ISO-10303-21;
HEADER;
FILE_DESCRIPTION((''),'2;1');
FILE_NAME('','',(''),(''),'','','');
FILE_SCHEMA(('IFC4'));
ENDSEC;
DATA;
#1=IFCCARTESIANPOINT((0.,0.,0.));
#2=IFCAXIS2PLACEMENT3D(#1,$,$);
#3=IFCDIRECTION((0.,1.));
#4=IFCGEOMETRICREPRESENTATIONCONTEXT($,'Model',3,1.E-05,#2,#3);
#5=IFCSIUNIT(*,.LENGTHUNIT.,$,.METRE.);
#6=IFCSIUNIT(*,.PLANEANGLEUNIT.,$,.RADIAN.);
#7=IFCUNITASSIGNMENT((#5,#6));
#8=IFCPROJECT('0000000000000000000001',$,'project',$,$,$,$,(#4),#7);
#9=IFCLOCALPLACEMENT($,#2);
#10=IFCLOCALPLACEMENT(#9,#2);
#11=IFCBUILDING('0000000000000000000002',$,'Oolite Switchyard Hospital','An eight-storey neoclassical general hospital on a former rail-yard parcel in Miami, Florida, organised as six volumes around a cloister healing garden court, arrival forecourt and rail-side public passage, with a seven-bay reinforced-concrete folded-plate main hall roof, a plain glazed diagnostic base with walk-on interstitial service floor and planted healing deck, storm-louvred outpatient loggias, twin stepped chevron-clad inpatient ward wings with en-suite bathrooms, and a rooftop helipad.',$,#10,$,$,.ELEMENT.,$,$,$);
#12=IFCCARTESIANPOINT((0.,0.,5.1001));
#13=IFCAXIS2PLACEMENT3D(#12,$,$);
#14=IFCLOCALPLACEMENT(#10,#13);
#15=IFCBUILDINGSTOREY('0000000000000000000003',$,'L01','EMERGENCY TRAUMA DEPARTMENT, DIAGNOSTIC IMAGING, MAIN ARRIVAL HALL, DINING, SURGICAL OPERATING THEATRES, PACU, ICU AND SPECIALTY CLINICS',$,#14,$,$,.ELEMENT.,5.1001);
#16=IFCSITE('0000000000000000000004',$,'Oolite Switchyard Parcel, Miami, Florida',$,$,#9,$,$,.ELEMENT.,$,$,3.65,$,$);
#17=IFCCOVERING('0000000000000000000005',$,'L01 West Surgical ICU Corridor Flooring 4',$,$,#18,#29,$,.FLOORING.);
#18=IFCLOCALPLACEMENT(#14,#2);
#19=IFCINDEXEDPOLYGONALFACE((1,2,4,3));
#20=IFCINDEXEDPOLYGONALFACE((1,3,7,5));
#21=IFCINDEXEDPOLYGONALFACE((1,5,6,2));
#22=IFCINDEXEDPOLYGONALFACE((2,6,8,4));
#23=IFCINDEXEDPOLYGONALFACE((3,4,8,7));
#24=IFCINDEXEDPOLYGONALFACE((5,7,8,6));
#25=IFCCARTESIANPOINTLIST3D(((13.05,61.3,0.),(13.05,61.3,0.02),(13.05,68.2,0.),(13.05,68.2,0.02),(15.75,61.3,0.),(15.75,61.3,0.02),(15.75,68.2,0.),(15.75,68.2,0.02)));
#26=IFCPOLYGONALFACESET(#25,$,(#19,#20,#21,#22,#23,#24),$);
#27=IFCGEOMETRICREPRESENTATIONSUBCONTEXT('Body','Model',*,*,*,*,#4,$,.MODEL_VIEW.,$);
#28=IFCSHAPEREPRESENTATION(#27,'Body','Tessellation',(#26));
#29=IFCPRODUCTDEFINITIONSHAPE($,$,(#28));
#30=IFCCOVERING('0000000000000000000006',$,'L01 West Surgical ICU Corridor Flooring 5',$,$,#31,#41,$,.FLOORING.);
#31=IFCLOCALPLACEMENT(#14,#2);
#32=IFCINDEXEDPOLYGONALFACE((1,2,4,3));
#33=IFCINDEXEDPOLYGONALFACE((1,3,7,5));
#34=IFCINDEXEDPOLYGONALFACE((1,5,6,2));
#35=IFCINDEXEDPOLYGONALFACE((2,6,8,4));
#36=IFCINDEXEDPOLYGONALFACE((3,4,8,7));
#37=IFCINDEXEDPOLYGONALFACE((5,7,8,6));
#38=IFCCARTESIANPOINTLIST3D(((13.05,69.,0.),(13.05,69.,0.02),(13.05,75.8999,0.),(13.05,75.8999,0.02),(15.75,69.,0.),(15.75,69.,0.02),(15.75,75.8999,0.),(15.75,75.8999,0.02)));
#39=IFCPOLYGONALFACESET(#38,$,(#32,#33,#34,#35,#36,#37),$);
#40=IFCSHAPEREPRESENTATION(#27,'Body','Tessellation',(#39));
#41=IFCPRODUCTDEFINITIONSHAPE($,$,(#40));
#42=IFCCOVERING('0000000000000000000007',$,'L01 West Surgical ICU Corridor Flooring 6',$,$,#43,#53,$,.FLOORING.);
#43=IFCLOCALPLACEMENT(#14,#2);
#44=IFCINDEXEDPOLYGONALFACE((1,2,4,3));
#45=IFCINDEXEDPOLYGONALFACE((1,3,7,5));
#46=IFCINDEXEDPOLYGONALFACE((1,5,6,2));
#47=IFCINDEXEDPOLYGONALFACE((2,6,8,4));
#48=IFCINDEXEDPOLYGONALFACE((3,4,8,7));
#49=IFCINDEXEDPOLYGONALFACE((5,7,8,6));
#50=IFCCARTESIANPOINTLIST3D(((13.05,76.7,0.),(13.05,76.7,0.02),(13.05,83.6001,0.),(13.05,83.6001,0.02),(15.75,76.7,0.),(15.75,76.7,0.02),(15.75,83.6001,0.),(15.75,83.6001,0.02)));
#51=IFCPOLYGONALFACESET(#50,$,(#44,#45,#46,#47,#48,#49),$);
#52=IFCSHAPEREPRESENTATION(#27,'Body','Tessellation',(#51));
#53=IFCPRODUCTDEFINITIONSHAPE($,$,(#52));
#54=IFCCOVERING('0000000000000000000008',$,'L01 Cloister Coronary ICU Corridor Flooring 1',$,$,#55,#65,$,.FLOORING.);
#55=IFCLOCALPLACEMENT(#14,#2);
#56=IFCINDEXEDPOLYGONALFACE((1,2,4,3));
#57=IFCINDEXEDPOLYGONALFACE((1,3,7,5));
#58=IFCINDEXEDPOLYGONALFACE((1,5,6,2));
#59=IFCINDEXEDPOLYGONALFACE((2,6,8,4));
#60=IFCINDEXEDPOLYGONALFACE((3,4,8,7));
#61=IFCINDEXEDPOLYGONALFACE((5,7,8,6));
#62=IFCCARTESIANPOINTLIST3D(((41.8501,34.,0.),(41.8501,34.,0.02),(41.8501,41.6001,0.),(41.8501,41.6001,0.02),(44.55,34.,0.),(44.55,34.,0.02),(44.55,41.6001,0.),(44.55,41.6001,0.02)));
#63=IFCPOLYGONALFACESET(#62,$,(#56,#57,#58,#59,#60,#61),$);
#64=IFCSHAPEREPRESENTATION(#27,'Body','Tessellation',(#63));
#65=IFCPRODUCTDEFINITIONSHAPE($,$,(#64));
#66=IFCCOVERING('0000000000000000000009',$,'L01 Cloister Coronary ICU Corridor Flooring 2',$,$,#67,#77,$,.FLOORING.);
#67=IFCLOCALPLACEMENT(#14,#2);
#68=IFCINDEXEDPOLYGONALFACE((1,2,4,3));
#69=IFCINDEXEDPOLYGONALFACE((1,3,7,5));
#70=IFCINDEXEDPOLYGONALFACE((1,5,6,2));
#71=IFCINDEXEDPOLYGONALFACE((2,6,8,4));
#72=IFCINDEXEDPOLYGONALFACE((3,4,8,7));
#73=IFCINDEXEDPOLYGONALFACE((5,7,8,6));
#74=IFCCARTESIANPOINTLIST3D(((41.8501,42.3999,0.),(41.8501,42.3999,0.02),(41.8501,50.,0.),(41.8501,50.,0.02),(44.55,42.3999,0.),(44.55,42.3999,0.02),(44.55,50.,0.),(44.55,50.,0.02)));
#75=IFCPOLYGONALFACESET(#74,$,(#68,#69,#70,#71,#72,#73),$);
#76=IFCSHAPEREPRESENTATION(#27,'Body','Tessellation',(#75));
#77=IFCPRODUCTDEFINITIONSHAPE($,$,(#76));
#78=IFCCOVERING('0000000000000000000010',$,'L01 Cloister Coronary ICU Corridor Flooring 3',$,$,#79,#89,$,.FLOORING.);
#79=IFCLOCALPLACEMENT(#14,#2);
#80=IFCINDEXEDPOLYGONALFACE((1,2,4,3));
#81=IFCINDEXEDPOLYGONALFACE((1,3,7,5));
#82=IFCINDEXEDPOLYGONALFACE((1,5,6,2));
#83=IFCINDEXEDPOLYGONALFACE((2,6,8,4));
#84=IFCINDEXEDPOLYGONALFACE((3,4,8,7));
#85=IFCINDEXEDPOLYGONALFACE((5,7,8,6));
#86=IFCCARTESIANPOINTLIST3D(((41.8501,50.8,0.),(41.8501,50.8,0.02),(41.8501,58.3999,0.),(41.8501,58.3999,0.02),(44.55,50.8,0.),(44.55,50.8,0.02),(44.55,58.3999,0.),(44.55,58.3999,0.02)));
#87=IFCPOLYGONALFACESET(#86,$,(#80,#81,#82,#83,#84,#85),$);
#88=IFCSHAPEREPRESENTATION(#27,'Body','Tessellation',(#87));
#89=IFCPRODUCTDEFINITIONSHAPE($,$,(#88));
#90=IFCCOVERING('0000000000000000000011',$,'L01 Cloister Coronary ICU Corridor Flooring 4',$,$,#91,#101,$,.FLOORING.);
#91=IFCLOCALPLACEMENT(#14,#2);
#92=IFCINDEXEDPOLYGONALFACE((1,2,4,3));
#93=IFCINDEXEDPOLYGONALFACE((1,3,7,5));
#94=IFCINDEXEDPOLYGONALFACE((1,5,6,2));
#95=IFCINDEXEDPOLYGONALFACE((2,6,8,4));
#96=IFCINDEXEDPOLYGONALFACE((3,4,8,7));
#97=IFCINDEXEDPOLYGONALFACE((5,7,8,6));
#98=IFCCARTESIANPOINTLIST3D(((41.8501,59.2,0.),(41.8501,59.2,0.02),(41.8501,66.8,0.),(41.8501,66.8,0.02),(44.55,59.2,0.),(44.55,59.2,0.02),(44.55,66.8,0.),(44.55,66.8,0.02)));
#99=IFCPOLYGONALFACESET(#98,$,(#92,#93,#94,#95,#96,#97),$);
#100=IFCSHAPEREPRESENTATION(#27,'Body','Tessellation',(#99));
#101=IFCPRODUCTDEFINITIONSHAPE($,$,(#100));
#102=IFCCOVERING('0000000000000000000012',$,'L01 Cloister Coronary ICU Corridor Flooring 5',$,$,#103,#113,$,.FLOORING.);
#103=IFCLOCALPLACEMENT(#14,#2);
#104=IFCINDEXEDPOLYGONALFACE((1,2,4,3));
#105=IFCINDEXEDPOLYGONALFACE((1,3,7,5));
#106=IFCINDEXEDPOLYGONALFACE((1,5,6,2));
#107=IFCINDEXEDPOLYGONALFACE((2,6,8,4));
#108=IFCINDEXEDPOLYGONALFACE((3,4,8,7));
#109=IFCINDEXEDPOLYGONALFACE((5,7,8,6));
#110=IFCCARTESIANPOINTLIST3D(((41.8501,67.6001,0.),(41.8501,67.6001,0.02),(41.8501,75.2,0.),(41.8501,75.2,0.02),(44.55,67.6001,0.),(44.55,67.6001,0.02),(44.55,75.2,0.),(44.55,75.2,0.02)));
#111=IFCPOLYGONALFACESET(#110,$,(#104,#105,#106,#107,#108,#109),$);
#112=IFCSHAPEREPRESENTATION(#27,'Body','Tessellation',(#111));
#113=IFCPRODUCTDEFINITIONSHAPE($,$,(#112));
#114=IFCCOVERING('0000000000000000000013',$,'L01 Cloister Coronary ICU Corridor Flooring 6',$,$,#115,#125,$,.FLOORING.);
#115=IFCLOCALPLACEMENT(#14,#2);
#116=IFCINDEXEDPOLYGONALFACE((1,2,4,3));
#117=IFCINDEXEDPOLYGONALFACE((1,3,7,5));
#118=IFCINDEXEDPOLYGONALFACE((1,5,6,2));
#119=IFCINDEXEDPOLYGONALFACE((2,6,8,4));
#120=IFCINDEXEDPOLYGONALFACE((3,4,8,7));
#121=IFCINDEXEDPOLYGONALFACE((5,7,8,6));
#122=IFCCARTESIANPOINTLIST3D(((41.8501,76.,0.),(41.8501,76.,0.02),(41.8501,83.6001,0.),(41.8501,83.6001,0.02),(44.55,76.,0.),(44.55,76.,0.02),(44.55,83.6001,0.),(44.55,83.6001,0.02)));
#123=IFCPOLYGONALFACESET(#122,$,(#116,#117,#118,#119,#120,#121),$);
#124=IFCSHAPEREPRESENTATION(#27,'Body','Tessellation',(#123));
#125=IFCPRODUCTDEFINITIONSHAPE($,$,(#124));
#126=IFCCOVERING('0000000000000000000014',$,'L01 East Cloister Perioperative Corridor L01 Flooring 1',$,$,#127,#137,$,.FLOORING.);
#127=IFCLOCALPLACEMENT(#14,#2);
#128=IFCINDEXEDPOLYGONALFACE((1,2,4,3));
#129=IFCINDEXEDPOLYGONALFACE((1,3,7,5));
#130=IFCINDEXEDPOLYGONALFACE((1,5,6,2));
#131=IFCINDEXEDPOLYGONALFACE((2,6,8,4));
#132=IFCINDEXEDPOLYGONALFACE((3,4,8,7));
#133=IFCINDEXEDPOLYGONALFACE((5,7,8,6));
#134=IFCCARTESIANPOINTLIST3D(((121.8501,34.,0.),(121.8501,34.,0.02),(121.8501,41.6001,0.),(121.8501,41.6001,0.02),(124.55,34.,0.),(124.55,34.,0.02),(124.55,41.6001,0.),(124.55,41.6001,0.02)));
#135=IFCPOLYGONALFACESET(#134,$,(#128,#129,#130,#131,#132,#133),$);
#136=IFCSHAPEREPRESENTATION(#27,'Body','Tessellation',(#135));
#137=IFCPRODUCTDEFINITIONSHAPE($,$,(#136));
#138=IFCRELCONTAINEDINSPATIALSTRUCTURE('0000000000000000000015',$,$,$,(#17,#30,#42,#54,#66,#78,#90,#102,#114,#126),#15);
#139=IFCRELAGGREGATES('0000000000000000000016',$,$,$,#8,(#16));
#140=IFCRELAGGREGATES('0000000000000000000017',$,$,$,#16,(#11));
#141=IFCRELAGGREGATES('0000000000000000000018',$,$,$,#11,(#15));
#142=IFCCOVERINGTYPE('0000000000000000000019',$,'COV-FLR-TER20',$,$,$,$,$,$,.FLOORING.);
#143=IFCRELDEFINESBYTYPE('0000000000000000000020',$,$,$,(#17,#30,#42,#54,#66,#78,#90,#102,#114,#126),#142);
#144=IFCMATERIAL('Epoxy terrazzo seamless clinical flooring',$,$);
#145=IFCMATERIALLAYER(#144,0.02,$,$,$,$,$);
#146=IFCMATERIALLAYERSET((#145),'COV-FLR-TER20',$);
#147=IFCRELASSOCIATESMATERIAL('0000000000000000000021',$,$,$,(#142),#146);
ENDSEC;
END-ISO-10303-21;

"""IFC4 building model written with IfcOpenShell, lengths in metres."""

from ifc_helpers import new_model, si_unit, direction, frame, origin, place, context, subcontext, project, spatial, polyline, outline, extrude, material, layer, layer_set, type_object, element, save


model = new_model("IFC4")

# Units and contexts
model_context = context("Model", 3, precision=1e-05, world=origin(), true_north=direction((0.0, 1.0)))
body_context = subcontext(model_context, "Body", "Model", "MODEL_VIEW")
ifc_project = project(units=[si_unit("LENGTHUNIT", "METRE"), si_unit("PLANEANGLEUNIT", "RADIAN")], contexts=[model_context])

# Site, building, storey
site_placement = place(None, origin())
site = spatial("IfcSite", under=ifc_project, at=site_placement, Name="Oolite Switchyard Parcel, Miami, Florida", CompositionType="ELEMENT", RefElevation=3.65)
building_placement = place(site_placement, origin())
building = spatial("IfcBuilding", under=site, at=building_placement, Name="Oolite Switchyard Hospital", Description="An eight-storey neoclassical general hospital on a former rail-yard parcel in Miami, Florida, organised as six volumes around a cloister healing garden court, arrival forecourt and rail-side public passage, with a seven-bay reinforced-concrete folded-plate main hall roof, a plain glazed diagnostic base with walk-on interstitial service floor and planted healing deck, storm-louvred outpatient loggias, twin stepped chevron-clad inpatient ward wings with en-suite bathrooms, and a rooftop helipad.", CompositionType="ELEMENT")
storey_placement = place(building_placement, frame((0.0, 0.0, 5.1001)))
storey = spatial("IfcBuildingStorey", under=building, at=storey_placement, Name="L01", Description="EMERGENCY TRAUMA DEPARTMENT, DIAGNOSTIC IMAGING, MAIN ARRIVAL HALL, DINING, SURGICAL OPERATING THEATRES, PACU, ICU AND SPECIALTY CLINICS", CompositionType="ELEMENT", Elevation=5.1001)

# Coverings
ifc_material_1 = material(Name="Epoxy terrazzo seamless clinical flooring")
ifc_layer_1 = layer(ifc_material_1, 0.02)
ifc_layer_set_1 = layer_set([ifc_layer_1], Name="COV-FLR-TER20")
covering_type_1 = type_object("IfcCoveringType", Name="COV-FLR-TER20", PredefinedType="FLOORING", material=ifc_layer_set_1)
covering_1_placement = place(storey_placement, origin())
element("IfcCovering", 1, at=covering_1_placement, inside=storey, type_object=covering_type_1, Name="L01 West Surgical ICU Corridor Flooring 4", PredefinedType="FLOORING", context=body_context, shape_type="SweptSolid", body=[
    extrude(outline(polyline([(13.05, 61.3), (15.75, 61.3), (15.75, 68.2), (13.05, 68.2), (13.05, 61.3)])), origin(), (0.0, 0.0, 1.0), 0.02),
])
covering_2_placement = place(storey_placement, origin())
element("IfcCovering", 2, at=covering_2_placement, inside=storey, type_object=covering_type_1, Name="L01 West Surgical ICU Corridor Flooring 5", PredefinedType="FLOORING", context=body_context, shape_type="SweptSolid", body=[
    extrude(outline(polyline([(13.05, 69.0), (15.75, 69.0), (15.75, 75.8999), (13.05, 75.8999), (13.05, 69.0)])), origin(), (0.0, 0.0, 1.0), 0.02),
])
covering_3_placement = place(storey_placement, origin())
element("IfcCovering", 3, at=covering_3_placement, inside=storey, type_object=covering_type_1, Name="L01 West Surgical ICU Corridor Flooring 6", PredefinedType="FLOORING", context=body_context, shape_type="SweptSolid", body=[
    extrude(outline(polyline([(13.05, 76.7), (15.75, 76.7), (15.75, 83.6001), (13.05, 83.6001), (13.05, 76.7)])), origin(), (0.0, 0.0, 1.0), 0.02),
])
covering_4_placement = place(storey_placement, origin())
element("IfcCovering", 4, at=covering_4_placement, inside=storey, type_object=covering_type_1, Name="L01 Cloister Coronary ICU Corridor Flooring 1", PredefinedType="FLOORING", context=body_context, shape_type="SweptSolid", body=[
    extrude(outline(polyline([(41.8501, 34.0), (44.55, 34.0), (44.55, 41.6001), (41.8501, 41.6001), (41.8501, 34.0)])), origin(), (0.0, 0.0, 1.0), 0.02),
])
covering_5_placement = place(storey_placement, origin())
element("IfcCovering", 5, at=covering_5_placement, inside=storey, type_object=covering_type_1, Name="L01 Cloister Coronary ICU Corridor Flooring 2", PredefinedType="FLOORING", context=body_context, shape_type="SweptSolid", body=[
    extrude(outline(polyline([(41.8501, 42.3999), (44.55, 42.3999), (44.55, 50.0), (41.8501, 50.0), (41.8501, 42.3999)])), origin(), (0.0, 0.0, 1.0), 0.02),
])
covering_6_placement = place(storey_placement, origin())
element("IfcCovering", 6, at=covering_6_placement, inside=storey, type_object=covering_type_1, Name="L01 Cloister Coronary ICU Corridor Flooring 3", PredefinedType="FLOORING", context=body_context, shape_type="SweptSolid", body=[
    extrude(outline(polyline([(41.8501, 50.8), (44.55, 50.8), (44.55, 58.3999), (41.8501, 58.3999), (41.8501, 50.8)])), origin(), (0.0, 0.0, 1.0), 0.02),
])
covering_7_placement = place(storey_placement, origin())
element("IfcCovering", 7, at=covering_7_placement, inside=storey, type_object=covering_type_1, Name="L01 Cloister Coronary ICU Corridor Flooring 4", PredefinedType="FLOORING", context=body_context, shape_type="SweptSolid", body=[
    extrude(outline(polyline([(41.8501, 59.2), (44.55, 59.2), (44.55, 66.8), (41.8501, 66.8), (41.8501, 59.2)])), origin(), (0.0, 0.0, 1.0), 0.02),
])
covering_8_placement = place(storey_placement, origin())
element("IfcCovering", 8, at=covering_8_placement, inside=storey, type_object=covering_type_1, Name="L01 Cloister Coronary ICU Corridor Flooring 5", PredefinedType="FLOORING", context=body_context, shape_type="SweptSolid", body=[
    extrude(outline(polyline([(41.8501, 67.6001), (44.55, 67.6001), (44.55, 75.2), (41.8501, 75.2), (41.8501, 67.6001)])), origin(), (0.0, 0.0, 1.0), 0.02),
])
covering_9_placement = place(storey_placement, origin())
element("IfcCovering", 9, at=covering_9_placement, inside=storey, type_object=covering_type_1, Name="L01 Cloister Coronary ICU Corridor Flooring 6", PredefinedType="FLOORING", context=body_context, shape_type="SweptSolid", body=[
    extrude(outline(polyline([(41.8501, 76.0), (44.55, 76.0), (44.55, 83.6001), (41.8501, 83.6001), (41.8501, 76.0)])), origin(), (0.0, 0.0, 1.0), 0.02),
])
covering_10_placement = place(storey_placement, origin())
element("IfcCovering", 10, at=covering_10_placement, inside=storey, type_object=covering_type_1, Name="L01 East Cloister Perioperative Corridor L01 Flooring 1", PredefinedType="FLOORING", context=body_context, shape_type="SweptSolid", body=[
    extrude(outline(polyline([(121.8501, 34.0), (124.55, 34.0), (124.55, 41.6001), (121.8501, 41.6001), (121.8501, 34.0)])), origin(), (0.0, 0.0, 1.0), 0.02),
])

save(model, "model.ifc")
